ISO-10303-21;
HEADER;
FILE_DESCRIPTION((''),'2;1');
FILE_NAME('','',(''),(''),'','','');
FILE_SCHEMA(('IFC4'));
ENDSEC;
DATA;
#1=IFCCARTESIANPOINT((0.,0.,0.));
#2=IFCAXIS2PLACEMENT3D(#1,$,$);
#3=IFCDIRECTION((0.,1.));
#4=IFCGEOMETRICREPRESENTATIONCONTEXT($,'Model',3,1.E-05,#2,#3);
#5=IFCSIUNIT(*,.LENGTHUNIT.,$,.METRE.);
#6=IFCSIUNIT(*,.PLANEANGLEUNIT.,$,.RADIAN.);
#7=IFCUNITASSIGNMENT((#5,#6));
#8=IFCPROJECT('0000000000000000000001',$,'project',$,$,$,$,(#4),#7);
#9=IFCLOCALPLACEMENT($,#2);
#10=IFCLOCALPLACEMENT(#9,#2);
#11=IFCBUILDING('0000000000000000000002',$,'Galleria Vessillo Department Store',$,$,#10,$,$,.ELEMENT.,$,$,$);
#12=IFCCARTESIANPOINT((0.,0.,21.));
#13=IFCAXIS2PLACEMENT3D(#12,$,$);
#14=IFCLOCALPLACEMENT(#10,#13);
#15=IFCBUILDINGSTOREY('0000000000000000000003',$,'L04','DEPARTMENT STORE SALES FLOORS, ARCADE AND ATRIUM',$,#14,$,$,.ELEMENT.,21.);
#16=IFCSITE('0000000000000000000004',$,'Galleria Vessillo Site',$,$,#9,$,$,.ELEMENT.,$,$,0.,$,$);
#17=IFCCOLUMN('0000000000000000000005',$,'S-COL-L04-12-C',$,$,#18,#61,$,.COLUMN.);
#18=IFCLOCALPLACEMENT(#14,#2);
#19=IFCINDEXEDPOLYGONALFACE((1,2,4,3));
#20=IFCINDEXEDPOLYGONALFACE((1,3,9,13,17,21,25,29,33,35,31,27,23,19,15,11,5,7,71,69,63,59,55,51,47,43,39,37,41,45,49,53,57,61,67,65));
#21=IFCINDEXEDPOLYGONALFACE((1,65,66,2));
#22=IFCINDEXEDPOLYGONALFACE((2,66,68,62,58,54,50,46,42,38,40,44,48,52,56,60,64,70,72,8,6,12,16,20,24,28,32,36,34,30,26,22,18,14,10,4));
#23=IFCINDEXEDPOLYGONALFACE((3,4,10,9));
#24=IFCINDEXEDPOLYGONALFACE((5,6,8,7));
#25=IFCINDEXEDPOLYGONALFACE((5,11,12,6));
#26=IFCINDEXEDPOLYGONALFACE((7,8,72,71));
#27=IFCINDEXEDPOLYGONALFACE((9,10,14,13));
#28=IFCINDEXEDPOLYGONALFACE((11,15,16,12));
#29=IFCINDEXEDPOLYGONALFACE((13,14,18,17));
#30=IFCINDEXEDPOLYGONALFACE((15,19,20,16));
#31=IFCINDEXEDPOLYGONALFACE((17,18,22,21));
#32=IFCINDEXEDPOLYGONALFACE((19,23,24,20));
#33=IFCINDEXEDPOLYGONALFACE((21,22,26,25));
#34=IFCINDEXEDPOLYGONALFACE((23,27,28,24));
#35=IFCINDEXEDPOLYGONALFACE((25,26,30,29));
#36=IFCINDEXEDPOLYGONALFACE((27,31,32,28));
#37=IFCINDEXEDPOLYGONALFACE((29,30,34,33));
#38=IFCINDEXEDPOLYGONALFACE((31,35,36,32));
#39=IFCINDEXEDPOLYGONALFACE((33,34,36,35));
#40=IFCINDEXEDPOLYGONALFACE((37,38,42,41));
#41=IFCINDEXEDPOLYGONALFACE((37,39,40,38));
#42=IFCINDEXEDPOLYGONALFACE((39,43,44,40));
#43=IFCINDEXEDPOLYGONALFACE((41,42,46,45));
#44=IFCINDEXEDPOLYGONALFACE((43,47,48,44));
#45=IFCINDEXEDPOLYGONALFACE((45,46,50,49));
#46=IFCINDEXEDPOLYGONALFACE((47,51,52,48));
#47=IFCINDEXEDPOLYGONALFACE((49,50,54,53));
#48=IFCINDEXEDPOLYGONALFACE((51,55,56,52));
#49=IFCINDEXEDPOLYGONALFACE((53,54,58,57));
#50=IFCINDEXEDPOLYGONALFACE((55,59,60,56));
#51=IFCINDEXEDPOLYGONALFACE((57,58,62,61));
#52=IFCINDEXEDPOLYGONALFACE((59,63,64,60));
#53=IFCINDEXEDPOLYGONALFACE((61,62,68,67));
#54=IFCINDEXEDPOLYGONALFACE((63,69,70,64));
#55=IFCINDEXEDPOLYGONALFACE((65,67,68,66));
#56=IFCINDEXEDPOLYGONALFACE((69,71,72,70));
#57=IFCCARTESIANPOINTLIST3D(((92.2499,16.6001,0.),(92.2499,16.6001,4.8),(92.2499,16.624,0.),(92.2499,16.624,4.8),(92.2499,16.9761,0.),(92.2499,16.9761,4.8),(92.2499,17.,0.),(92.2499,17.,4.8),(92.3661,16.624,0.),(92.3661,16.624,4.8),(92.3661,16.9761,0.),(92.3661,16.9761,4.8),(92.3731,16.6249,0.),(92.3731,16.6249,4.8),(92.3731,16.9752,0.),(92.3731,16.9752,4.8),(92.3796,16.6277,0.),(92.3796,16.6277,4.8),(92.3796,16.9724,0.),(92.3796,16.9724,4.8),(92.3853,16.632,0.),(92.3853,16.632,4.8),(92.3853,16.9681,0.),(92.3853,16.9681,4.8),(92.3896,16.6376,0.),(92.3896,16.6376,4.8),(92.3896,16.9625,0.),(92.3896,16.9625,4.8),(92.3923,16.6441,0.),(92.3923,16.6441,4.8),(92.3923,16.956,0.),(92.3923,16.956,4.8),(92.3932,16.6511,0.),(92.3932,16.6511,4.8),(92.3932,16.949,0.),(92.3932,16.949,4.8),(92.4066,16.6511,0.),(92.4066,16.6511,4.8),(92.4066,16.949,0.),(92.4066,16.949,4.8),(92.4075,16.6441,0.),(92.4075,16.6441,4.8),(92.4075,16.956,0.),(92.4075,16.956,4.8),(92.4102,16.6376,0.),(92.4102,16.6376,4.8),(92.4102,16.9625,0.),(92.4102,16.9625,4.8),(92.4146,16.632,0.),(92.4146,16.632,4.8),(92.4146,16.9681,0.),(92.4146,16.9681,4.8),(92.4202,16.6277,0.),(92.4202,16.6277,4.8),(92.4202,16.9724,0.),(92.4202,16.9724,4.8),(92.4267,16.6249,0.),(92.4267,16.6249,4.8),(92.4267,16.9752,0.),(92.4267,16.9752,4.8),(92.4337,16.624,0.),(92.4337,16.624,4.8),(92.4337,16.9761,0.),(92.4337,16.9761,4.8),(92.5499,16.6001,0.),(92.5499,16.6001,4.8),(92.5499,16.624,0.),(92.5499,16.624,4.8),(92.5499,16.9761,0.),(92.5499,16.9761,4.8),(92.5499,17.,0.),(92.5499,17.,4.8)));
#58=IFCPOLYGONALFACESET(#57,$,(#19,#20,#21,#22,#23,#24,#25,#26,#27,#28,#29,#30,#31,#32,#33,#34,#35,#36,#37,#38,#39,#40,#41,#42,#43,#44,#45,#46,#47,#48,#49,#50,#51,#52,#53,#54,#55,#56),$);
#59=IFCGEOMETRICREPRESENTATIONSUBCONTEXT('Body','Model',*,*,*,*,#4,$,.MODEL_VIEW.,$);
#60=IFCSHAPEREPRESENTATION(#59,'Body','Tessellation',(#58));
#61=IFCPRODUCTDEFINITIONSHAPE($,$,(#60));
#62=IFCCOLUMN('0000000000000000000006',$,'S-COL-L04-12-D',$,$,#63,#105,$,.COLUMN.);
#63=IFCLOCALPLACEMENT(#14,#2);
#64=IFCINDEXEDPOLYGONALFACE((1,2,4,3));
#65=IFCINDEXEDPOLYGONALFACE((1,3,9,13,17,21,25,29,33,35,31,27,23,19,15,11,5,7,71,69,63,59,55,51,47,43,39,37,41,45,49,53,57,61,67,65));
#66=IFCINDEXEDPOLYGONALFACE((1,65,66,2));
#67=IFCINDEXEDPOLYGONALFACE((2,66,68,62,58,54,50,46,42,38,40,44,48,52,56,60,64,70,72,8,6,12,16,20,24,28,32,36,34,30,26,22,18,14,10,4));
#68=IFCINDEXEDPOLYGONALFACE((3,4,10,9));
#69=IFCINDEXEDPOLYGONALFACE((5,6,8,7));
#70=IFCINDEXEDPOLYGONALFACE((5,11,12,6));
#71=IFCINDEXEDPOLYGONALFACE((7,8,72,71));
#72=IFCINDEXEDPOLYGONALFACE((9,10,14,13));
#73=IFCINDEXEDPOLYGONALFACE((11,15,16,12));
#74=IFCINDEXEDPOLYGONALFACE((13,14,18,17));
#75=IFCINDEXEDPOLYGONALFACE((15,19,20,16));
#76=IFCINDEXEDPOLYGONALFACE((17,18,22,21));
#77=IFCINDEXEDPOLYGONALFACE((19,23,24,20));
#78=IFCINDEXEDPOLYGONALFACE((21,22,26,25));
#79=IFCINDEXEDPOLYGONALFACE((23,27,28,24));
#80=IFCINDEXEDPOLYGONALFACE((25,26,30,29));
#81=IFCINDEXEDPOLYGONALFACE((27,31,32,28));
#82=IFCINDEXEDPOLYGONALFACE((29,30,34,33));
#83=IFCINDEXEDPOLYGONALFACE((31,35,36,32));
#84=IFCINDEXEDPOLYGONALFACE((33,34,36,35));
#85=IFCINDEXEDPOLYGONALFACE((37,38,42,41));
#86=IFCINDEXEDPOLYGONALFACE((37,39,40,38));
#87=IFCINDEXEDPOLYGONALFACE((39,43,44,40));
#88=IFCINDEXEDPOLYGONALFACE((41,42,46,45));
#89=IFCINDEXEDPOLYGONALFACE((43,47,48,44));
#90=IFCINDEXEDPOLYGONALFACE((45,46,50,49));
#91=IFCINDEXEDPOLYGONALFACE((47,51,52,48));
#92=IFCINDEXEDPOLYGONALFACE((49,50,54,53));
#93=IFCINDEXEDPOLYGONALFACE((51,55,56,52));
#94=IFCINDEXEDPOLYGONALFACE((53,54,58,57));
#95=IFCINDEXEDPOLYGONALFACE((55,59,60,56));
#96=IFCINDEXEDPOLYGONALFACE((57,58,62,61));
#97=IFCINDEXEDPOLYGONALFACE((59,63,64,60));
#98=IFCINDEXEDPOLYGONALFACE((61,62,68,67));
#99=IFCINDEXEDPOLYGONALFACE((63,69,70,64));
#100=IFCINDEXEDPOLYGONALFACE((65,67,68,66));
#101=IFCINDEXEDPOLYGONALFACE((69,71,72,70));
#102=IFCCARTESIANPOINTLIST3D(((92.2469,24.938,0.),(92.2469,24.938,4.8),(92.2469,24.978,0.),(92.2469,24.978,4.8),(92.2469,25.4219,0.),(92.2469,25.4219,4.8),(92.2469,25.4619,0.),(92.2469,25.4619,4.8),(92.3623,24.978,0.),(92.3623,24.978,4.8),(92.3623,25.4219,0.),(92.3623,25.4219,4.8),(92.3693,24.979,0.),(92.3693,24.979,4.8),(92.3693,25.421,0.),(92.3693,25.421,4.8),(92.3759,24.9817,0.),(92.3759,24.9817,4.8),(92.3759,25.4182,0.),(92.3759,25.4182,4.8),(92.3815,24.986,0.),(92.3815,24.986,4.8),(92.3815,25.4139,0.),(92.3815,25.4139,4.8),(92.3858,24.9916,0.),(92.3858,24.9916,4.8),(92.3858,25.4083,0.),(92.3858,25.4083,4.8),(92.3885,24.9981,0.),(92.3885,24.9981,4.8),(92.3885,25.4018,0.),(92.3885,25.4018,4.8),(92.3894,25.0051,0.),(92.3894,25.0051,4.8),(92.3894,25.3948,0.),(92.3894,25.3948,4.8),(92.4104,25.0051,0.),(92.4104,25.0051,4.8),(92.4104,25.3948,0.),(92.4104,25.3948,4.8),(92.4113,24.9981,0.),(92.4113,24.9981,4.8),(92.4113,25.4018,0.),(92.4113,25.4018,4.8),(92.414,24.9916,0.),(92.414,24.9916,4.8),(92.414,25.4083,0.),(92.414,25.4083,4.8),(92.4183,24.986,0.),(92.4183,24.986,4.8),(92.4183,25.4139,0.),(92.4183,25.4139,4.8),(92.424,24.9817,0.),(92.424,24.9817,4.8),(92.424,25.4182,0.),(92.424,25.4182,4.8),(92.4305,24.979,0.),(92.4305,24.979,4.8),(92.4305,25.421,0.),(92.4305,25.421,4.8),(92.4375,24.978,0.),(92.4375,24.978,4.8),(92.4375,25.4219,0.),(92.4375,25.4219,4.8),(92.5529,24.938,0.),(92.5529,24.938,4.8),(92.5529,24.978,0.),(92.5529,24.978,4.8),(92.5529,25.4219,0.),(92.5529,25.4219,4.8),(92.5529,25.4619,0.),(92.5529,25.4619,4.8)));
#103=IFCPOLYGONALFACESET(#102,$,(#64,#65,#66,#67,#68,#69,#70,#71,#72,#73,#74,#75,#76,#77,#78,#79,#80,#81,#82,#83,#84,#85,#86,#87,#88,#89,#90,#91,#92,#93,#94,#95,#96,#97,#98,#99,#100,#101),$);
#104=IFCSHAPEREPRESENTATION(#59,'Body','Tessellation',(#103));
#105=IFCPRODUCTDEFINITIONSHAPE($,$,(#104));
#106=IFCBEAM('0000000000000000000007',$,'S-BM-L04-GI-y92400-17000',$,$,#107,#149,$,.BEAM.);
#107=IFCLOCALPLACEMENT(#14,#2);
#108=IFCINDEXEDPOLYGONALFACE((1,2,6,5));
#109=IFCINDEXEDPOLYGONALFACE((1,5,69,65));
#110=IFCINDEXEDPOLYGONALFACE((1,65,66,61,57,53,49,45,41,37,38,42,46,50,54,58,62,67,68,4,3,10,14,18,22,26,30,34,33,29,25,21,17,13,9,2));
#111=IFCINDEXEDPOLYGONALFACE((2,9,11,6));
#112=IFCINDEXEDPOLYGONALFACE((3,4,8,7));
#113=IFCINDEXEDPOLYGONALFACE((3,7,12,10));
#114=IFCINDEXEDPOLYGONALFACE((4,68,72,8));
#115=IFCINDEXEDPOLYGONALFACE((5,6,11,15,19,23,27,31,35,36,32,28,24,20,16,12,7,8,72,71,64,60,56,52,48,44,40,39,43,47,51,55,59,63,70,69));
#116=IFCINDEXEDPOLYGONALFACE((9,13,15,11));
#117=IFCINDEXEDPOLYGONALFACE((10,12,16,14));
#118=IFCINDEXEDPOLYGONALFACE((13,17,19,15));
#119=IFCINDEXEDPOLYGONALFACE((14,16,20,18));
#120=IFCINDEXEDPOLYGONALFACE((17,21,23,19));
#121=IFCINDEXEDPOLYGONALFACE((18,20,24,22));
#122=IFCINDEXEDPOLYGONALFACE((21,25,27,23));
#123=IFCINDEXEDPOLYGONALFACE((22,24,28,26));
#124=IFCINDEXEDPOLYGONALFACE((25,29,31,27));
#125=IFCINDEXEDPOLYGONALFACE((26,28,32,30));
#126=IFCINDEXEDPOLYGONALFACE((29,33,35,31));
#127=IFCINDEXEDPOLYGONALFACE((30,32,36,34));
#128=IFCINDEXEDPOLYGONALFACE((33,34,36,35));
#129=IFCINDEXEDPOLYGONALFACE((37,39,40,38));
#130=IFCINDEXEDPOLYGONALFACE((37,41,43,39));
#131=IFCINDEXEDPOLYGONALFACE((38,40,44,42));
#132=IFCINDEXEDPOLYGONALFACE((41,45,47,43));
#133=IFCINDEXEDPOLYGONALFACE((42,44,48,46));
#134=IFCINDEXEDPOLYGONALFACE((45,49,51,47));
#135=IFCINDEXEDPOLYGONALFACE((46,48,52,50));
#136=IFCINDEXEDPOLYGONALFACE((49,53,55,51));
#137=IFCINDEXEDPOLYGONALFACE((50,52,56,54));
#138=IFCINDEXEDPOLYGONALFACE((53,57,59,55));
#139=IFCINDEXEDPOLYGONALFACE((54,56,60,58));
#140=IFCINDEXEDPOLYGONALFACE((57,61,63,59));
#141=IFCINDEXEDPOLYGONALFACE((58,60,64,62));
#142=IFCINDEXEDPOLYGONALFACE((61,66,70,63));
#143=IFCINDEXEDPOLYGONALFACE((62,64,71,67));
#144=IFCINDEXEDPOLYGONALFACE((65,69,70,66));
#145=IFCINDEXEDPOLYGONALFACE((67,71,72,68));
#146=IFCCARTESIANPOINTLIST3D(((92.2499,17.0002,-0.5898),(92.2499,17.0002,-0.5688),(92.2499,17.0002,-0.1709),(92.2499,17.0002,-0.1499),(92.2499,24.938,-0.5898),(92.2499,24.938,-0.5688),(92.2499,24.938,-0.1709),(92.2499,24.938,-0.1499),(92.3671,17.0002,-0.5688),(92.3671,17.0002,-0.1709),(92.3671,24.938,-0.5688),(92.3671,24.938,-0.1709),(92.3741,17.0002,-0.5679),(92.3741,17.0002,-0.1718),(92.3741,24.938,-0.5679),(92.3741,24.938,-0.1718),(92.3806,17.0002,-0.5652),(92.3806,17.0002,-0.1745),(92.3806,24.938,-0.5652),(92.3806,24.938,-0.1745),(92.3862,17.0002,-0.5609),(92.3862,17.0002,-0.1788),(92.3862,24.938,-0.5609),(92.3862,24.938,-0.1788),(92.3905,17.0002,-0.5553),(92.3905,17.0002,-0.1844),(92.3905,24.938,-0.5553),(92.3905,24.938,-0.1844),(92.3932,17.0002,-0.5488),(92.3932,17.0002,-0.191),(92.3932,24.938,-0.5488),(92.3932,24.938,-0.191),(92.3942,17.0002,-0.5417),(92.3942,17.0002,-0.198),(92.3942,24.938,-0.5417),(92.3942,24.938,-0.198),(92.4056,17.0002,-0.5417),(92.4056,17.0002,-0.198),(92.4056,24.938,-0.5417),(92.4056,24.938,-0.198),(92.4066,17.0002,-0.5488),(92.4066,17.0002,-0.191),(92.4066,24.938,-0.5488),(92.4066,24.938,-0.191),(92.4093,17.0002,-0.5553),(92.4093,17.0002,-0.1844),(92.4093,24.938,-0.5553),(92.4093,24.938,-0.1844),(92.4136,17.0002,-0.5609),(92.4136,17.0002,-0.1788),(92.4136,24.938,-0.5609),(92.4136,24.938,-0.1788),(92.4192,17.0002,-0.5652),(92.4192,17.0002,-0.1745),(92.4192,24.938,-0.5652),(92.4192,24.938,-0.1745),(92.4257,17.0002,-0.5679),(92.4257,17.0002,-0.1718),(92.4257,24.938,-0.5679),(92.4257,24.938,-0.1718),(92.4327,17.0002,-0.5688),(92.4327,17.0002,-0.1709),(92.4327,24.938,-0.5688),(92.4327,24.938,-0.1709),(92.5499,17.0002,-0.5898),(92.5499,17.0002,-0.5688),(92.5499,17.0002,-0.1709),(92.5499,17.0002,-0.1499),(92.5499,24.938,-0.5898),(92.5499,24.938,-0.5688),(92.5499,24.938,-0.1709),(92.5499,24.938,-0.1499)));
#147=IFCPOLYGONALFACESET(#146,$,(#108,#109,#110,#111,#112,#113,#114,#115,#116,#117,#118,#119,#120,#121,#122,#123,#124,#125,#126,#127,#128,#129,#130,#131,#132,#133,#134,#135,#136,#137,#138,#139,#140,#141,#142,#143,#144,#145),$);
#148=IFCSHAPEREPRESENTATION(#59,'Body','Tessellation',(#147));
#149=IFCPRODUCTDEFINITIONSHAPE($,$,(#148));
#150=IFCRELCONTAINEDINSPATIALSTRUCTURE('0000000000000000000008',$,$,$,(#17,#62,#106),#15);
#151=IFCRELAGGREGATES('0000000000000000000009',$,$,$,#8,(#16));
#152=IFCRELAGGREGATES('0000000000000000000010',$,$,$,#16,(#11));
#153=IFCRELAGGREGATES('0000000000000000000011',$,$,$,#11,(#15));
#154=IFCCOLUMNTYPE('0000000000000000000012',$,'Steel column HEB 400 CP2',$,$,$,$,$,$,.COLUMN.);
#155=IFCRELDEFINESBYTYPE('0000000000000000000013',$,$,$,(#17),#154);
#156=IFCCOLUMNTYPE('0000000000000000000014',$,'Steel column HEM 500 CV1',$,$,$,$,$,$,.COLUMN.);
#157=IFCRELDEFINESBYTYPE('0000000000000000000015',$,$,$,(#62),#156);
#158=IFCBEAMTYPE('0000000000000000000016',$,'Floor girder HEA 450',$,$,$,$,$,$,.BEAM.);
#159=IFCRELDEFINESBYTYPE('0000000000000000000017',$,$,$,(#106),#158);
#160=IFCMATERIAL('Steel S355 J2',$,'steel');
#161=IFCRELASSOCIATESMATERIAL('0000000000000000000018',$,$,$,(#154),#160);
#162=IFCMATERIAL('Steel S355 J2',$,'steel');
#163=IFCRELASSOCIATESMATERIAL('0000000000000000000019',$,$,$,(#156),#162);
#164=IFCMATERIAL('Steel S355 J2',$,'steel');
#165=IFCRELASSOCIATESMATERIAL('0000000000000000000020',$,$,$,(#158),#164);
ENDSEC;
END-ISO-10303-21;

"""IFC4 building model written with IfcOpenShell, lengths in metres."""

from ifc_helpers import new_model, si_unit, direction, frame, origin, origin_2d, place, context, subcontext, project, spatial, i_section, extrude, material, material_profile, profile_set, type_object, element, save


model = new_model("IFC4")

# Units and contexts
model_context = context("Model", 3, precision=1e-05, world=origin(), true_north=direction((0.0, 1.0)))
body_context = subcontext(model_context, "Body", "Model", "MODEL_VIEW")
ifc_project = project(units=[si_unit("LENGTHUNIT", "METRE"), si_unit("PLANEANGLEUNIT", "RADIAN")], contexts=[model_context])

# Site, building, storey
site_placement = place(None, origin())
site = spatial("IfcSite", under=ifc_project, at=site_placement, Name="Galleria Vessillo Site", CompositionType="ELEMENT", RefElevation=0.0)
building_placement = place(site_placement, origin())
building = spatial("IfcBuilding", under=site, at=building_placement, Name="Galleria Vessillo Department Store", CompositionType="ELEMENT")
storey_placement = place(building_placement, frame((0.0, 0.0, 21.0)))
storey = spatial("IfcBuildingStorey", under=building, at=storey_placement, Name="L04", Description="DEPARTMENT STORE SALES FLOORS, ARCADE AND ATRIUM", CompositionType="ELEMENT", Elevation=21.0)

# Columns
ifc_material_1 = material(Name="Steel S355 J2", Category="steel")
ifc_material_profile_1 = material_profile(ifc_material_1, i_section(OverallWidth=0.3, OverallDepth=0.3999, WebThickness=0.0134, FlangeThickness=0.0239, FilletRadius=0.0271, at=origin_2d()), Name="HEB 400")
ifc_profile_set_1 = profile_set([ifc_material_profile_1], Name="Steel S355 J2")
column_type_1 = type_object("IfcColumnType", Name="Steel column HEB 400 CP2", PredefinedType="COLUMN", material=ifc_profile_set_1)
column_1_placement = place(storey_placement, frame((92.3999, 16.8, 0.0), z_axis=(0.0, 0.0, 1.0), x_axis=(1.0, 0.0, 0.0)))
element("IfcColumn", 1, at=column_1_placement, inside=storey, type_object=column_type_1, Name="S-COL-L04-12-C", PredefinedType="COLUMN", context=body_context, shape_type="SweptSolid", body=[
    extrude(i_section(OverallWidth=0.3, OverallDepth=0.3999, WebThickness=0.0134, FlangeThickness=0.0239, FilletRadius=0.0271, at=origin_2d()), origin(), (0.0, 0.0, 1.0), 4.8),
])
ifc_material_2 = material(Name="Steel S355 J2", Category="steel")
ifc_material_profile_2 = material_profile(ifc_material_2, i_section(OverallWidth=0.3059, OverallDepth=0.5239, WebThickness=0.021, FlangeThickness=0.04, FilletRadius=0.0271, at=origin_2d()), Name="HEM 500")
ifc_profile_set_2 = profile_set([ifc_material_profile_2], Name="Steel S355 J2")
column_type_2 = type_object("IfcColumnType", Name="Steel column HEM 500 CV1", PredefinedType="COLUMN", material=ifc_profile_set_2)
column_2_placement = place(storey_placement, frame((92.3999, 25.2, 0.0), z_axis=(0.0, 0.0, 1.0), x_axis=(1.0, 0.0, 0.0)))
element("IfcColumn", 2, at=column_2_placement, inside=storey, type_object=column_type_2, Name="S-COL-L04-12-D", PredefinedType="COLUMN", context=body_context, shape_type="SweptSolid", body=[
    extrude(i_section(OverallWidth=0.3059, OverallDepth=0.5239, WebThickness=0.021, FlangeThickness=0.04, FilletRadius=0.0271, at=origin_2d()), origin(), (0.0, 0.0, 1.0), 4.8),
])

# Beam
ifc_material_3 = material(Name="Steel S355 J2", Category="steel")
ifc_material_profile_3 = material_profile(ifc_material_3, i_section(OverallWidth=0.3, OverallDepth=0.4399, WebThickness=0.0115, FlangeThickness=0.021, FilletRadius=0.0271, at=origin_2d()), Name="HEA 450")
ifc_profile_set_3 = profile_set([ifc_material_profile_3], Name="Steel S355 J2")
beam_type_1 = type_object("IfcBeamType", Name="Floor girder HEA 450", PredefinedType="BEAM", material=ifc_profile_set_3)
beam_1_placement = place(storey_placement, frame((92.3999, 17.0002, -0.3699), z_axis=(0.0, 1.0, 0.0), x_axis=(-1.0, 0.0, 0.0)))
element("IfcBeam", 3, at=beam_1_placement, inside=storey, type_object=beam_type_1, Name="S-BM-L04-GI-y92400-17000", PredefinedType="BEAM", context=body_context, shape_type="SweptSolid", body=[
    extrude(i_section(OverallWidth=0.3, OverallDepth=0.4399, WebThickness=0.0115, FlangeThickness=0.021, FilletRadius=0.0271, at=origin_2d()), origin(), (0.0, 0.0, 1.0), 7.9377),
])

save(model, "model.ifc")
